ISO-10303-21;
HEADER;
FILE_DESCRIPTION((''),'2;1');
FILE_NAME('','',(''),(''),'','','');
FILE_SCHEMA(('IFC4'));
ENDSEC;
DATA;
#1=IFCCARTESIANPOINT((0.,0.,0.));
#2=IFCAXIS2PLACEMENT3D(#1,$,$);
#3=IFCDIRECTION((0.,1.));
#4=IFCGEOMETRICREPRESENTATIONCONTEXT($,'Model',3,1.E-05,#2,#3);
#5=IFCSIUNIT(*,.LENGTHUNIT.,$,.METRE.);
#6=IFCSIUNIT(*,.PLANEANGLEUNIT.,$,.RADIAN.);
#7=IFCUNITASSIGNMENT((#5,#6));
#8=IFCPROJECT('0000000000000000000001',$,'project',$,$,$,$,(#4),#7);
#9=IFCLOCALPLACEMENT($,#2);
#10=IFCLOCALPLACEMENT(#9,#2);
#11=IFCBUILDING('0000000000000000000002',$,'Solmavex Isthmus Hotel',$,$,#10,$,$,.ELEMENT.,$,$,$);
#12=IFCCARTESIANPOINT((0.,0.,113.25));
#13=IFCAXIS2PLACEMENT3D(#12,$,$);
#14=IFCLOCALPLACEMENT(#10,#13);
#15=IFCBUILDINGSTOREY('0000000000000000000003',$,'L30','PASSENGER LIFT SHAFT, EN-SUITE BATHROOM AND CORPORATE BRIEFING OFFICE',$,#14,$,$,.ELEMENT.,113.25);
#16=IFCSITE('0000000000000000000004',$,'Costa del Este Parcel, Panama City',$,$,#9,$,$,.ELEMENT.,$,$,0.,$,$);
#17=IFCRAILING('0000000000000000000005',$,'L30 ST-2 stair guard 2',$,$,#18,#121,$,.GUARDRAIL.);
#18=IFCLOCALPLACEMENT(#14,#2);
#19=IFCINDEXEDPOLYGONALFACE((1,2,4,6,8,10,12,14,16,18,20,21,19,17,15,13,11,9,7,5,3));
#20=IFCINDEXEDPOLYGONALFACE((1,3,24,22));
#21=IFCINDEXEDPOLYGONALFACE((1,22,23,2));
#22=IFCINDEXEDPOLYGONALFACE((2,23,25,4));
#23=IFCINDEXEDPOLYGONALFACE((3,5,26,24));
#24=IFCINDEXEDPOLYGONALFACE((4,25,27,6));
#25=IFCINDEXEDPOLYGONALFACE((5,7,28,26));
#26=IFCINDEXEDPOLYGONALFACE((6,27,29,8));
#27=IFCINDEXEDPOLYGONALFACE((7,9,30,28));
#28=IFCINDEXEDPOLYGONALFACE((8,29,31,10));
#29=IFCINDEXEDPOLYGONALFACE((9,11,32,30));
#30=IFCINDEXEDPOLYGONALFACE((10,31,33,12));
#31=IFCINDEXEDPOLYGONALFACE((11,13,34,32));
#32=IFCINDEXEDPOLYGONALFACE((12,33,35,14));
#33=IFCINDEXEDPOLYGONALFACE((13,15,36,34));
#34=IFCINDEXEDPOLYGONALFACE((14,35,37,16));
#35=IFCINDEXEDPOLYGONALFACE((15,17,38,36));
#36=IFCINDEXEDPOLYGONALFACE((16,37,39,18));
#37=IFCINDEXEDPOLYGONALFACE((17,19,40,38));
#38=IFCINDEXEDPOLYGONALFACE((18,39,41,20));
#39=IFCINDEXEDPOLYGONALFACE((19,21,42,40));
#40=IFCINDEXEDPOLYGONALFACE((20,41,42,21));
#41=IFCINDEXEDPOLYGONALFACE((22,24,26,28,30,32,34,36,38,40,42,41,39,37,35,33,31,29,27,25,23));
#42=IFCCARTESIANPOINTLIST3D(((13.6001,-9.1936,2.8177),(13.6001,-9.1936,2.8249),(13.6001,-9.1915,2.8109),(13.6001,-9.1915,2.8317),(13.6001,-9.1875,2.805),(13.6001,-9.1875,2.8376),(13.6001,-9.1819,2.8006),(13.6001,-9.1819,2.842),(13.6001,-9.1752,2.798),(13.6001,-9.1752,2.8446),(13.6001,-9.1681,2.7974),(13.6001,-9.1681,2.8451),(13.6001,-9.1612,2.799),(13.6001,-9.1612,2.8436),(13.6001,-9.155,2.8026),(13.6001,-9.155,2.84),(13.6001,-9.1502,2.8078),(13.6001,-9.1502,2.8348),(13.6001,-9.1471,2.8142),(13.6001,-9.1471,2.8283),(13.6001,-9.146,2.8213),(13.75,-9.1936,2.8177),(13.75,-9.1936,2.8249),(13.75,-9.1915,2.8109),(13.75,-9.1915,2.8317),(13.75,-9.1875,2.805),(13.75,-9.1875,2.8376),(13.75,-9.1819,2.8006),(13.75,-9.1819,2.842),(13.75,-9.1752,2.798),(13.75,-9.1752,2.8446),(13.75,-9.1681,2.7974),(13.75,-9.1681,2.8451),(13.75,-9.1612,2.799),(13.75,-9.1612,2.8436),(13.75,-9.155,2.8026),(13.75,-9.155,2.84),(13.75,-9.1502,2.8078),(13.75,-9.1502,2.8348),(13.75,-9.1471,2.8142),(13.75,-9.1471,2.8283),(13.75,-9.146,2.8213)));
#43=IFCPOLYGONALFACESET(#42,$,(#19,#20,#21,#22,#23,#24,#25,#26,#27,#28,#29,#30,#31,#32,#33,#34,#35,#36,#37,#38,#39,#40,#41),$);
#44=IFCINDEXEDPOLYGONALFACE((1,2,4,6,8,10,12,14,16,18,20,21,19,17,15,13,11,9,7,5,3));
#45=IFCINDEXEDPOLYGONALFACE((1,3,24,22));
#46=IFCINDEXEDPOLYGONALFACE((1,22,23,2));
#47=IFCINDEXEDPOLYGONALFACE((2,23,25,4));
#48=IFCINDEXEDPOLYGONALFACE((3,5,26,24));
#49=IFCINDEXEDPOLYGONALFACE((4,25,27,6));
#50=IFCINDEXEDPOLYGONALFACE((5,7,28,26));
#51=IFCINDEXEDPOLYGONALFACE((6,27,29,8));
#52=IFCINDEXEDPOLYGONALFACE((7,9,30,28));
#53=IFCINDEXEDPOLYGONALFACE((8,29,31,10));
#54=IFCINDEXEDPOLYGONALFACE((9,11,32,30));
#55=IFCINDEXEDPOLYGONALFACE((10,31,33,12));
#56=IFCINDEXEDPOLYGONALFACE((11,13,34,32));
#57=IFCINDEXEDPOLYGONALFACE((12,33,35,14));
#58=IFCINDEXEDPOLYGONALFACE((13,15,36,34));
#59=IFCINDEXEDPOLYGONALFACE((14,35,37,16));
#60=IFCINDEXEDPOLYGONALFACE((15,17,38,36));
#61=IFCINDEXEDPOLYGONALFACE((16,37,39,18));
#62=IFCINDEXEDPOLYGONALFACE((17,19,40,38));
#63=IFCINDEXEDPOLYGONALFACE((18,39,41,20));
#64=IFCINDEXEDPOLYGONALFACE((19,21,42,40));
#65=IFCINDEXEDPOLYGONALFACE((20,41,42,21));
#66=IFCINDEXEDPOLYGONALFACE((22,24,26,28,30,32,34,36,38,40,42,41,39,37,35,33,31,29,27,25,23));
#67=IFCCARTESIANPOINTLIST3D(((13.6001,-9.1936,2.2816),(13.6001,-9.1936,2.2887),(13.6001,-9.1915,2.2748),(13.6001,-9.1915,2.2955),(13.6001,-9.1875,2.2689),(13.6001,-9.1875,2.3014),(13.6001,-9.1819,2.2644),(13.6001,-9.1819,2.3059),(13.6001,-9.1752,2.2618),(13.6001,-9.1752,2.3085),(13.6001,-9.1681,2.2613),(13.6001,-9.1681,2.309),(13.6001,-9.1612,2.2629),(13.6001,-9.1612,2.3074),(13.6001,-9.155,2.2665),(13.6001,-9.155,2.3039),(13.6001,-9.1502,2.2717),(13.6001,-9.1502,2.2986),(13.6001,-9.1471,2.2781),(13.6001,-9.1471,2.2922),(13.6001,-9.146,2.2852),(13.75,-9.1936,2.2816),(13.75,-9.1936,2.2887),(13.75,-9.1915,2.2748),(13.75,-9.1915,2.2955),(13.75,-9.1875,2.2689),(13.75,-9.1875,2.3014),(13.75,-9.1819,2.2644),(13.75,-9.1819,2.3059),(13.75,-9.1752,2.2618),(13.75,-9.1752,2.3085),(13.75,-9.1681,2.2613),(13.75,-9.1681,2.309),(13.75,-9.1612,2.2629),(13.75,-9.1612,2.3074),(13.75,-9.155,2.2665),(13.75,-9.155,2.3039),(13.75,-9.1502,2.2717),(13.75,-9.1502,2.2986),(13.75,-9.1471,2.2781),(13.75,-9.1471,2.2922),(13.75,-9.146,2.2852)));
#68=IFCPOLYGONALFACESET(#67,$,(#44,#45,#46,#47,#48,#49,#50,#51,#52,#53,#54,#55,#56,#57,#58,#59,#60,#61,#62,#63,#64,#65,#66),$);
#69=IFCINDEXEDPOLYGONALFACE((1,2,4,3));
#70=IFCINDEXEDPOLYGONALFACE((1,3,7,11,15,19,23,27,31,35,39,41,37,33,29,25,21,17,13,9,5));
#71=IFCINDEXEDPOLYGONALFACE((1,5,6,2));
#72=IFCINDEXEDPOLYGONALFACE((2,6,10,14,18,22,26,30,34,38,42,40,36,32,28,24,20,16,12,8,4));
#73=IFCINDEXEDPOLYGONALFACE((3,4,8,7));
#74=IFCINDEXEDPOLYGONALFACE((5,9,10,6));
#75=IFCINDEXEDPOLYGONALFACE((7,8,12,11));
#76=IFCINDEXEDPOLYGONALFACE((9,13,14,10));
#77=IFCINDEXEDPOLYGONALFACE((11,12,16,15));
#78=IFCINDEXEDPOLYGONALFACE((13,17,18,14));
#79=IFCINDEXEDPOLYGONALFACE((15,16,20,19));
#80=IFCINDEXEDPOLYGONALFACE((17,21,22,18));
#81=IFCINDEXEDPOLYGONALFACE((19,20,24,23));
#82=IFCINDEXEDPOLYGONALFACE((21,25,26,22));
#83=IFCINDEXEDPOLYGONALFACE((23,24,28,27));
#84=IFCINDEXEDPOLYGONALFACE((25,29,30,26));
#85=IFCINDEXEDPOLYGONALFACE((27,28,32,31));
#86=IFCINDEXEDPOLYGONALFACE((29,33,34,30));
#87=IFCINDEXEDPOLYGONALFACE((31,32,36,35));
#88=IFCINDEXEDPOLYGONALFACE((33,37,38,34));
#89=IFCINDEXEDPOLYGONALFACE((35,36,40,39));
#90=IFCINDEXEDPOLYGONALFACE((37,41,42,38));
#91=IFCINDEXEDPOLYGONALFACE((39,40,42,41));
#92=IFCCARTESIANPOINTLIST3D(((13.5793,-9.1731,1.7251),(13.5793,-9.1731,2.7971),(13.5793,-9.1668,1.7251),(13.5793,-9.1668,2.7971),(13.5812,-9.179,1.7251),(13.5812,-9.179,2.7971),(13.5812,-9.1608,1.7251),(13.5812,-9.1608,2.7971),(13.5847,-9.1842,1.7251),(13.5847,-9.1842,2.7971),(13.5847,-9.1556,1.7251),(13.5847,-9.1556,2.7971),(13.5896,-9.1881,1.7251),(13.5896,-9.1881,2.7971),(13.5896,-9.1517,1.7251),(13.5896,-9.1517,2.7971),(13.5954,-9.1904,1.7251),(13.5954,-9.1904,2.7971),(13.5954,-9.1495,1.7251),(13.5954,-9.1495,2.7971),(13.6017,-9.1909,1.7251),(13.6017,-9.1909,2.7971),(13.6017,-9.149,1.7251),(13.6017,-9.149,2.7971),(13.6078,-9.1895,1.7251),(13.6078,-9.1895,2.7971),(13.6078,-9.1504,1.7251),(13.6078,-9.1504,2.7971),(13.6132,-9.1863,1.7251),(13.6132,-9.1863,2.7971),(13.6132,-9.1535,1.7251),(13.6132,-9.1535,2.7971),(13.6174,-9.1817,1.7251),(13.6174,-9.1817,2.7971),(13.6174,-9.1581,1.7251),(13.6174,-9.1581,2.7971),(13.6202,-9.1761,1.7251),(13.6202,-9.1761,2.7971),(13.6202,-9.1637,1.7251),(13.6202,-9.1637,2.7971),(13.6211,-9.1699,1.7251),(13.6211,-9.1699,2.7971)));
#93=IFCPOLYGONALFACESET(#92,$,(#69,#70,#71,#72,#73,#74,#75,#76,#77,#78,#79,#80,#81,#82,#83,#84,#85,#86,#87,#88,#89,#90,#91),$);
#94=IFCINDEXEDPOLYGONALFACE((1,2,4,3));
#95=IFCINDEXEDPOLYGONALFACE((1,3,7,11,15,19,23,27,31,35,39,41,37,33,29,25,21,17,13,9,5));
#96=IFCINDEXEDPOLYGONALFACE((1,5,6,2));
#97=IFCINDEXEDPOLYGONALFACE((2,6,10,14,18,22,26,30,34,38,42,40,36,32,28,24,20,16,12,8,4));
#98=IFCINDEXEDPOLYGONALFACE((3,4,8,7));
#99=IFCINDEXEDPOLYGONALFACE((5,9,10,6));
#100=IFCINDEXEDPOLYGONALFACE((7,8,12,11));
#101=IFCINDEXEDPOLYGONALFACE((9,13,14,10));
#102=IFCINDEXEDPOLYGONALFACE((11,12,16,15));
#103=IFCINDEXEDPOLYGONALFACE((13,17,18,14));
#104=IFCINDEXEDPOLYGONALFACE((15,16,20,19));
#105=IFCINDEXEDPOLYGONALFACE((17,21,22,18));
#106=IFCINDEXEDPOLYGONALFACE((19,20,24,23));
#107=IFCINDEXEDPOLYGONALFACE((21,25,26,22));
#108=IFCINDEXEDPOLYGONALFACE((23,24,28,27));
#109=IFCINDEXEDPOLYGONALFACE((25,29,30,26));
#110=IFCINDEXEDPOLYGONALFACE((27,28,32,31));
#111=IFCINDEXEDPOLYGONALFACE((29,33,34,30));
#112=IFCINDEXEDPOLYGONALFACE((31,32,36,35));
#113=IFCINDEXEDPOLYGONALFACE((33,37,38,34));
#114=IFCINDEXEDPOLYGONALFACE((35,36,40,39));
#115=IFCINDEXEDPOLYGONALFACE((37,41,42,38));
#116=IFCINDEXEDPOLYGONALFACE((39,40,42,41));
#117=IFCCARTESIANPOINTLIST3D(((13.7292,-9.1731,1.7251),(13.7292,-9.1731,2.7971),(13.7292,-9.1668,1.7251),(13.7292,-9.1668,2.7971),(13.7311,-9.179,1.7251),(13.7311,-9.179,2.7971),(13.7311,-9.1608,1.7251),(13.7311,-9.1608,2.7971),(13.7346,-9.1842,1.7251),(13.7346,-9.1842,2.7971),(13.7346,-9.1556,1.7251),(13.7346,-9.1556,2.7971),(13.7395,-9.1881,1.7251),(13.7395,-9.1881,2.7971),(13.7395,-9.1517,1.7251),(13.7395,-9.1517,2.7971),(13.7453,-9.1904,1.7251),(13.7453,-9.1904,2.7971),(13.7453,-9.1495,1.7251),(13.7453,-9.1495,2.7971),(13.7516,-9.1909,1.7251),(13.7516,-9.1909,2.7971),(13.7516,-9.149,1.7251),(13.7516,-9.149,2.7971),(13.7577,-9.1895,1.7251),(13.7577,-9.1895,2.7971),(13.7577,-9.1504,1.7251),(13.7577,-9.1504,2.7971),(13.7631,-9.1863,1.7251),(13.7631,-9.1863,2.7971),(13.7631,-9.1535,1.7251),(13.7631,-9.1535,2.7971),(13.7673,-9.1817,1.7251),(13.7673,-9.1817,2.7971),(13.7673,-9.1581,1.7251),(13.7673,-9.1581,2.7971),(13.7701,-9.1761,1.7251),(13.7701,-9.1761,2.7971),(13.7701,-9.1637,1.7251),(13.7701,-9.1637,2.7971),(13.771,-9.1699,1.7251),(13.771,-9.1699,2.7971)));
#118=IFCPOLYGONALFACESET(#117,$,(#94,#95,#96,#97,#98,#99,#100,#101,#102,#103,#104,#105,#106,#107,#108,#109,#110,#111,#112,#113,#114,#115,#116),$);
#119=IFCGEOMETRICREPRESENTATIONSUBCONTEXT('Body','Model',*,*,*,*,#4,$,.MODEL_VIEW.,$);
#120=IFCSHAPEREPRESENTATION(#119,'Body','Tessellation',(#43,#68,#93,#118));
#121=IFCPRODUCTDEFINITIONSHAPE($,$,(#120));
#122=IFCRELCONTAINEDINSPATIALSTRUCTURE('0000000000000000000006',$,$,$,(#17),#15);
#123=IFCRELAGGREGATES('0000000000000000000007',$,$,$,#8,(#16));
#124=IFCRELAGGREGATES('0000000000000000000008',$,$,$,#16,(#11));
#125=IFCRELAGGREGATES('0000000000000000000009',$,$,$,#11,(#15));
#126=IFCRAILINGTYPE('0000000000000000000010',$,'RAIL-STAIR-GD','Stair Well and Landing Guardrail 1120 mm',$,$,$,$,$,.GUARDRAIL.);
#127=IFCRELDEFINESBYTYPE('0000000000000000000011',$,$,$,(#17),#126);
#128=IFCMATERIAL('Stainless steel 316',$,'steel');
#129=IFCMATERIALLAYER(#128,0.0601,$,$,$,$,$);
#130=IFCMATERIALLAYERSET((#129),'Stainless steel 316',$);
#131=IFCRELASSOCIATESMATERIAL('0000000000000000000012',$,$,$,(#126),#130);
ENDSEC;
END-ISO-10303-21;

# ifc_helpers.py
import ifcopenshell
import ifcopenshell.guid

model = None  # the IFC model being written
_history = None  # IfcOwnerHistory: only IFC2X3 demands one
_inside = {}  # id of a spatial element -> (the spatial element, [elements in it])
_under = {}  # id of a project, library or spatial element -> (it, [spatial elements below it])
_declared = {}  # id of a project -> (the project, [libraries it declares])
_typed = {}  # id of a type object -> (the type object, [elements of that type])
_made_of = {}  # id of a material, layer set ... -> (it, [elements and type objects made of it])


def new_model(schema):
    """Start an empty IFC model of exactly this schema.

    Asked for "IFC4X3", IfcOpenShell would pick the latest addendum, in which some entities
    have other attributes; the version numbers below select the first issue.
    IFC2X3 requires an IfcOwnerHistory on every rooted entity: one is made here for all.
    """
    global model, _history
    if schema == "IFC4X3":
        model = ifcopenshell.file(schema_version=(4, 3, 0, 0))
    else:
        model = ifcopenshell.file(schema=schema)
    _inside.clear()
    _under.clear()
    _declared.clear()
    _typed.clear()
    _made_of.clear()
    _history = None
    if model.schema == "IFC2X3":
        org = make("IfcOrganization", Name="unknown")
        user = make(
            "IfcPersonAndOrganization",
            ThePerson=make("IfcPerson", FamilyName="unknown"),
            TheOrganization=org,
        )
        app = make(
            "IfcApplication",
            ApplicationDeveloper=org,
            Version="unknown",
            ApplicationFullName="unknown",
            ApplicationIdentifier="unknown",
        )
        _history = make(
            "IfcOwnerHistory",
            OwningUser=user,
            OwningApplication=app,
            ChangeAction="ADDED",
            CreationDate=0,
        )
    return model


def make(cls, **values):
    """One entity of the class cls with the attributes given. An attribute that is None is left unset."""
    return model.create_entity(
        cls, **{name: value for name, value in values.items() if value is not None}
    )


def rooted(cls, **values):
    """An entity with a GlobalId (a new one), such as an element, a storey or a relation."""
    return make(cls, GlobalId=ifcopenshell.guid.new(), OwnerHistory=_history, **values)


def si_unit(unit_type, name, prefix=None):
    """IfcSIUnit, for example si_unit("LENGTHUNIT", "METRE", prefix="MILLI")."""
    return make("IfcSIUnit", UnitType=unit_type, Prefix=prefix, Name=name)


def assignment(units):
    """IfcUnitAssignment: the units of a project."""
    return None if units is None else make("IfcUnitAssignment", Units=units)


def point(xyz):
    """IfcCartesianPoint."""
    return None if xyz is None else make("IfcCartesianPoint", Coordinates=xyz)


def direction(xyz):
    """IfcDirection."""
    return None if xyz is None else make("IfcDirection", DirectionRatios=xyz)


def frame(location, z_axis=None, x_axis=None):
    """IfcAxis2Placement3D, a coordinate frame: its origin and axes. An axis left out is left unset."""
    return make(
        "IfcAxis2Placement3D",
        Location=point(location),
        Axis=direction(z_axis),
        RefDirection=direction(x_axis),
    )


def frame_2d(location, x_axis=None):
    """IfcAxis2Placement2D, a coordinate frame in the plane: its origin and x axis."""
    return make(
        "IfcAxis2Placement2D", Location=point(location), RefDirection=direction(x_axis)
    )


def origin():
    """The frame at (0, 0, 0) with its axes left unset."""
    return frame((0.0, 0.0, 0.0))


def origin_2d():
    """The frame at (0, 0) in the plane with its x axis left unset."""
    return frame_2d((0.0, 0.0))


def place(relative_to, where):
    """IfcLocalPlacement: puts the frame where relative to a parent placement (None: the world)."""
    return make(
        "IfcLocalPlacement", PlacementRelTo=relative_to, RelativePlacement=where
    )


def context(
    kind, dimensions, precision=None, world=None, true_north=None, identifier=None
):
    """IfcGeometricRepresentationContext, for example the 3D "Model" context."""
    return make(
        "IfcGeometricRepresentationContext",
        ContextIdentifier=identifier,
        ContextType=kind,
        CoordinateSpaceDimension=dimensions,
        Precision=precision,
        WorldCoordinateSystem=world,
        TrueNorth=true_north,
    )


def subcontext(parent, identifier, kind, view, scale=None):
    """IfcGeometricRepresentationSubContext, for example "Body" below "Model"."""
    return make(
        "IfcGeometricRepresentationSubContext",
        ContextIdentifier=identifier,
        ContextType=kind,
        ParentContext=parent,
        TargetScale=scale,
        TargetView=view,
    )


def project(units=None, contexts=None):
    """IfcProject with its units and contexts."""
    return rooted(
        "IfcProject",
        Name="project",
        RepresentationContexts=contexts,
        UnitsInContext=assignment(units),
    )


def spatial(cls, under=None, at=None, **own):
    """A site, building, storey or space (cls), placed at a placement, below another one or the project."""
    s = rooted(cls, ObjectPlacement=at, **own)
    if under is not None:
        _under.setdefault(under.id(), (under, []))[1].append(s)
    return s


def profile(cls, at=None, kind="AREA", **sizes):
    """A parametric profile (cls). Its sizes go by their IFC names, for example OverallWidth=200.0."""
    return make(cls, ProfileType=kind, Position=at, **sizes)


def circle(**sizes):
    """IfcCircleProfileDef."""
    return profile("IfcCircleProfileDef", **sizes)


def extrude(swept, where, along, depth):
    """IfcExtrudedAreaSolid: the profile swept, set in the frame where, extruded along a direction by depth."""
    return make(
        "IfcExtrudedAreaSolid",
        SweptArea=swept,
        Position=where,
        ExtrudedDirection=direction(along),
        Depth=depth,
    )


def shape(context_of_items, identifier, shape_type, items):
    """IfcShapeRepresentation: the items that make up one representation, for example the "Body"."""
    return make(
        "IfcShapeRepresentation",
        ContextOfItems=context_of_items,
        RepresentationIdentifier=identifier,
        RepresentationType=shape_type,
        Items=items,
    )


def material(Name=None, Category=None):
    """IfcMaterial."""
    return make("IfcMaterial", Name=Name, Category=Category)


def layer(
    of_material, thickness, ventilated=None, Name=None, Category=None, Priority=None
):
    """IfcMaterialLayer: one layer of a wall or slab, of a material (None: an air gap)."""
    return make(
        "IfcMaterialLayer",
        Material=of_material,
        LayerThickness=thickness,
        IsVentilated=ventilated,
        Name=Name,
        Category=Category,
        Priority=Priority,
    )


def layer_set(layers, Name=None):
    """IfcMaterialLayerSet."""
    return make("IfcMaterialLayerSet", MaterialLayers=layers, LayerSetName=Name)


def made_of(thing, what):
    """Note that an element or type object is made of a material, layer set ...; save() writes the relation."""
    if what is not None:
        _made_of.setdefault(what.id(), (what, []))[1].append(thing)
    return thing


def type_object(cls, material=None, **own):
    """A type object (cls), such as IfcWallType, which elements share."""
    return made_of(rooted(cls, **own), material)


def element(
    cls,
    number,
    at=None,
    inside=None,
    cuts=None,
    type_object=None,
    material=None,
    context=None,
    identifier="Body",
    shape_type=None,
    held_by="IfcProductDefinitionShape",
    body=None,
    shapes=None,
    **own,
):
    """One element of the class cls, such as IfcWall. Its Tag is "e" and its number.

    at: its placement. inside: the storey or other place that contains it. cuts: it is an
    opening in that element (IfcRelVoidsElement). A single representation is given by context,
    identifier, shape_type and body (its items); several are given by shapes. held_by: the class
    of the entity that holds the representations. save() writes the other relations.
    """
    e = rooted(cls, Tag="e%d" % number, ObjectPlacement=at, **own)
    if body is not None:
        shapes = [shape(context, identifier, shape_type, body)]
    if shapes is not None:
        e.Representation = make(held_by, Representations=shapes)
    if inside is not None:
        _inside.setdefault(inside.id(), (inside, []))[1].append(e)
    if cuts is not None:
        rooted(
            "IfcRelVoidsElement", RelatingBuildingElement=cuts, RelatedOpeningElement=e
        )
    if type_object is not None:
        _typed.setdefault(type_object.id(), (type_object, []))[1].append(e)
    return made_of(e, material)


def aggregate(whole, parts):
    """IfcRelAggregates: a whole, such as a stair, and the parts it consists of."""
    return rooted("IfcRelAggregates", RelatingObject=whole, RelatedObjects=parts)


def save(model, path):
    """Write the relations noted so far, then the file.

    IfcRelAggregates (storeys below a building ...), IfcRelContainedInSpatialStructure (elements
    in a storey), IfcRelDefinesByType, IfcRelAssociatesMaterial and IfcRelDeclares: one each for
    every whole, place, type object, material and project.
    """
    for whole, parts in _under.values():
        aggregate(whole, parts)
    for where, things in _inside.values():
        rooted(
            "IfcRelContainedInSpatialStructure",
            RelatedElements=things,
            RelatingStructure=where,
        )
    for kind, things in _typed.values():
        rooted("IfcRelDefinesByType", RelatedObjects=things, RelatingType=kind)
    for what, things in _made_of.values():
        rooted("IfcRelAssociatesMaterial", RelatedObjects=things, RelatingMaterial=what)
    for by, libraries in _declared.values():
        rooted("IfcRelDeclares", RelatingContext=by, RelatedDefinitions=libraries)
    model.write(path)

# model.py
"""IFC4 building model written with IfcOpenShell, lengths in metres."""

from ifc_helpers import new_model, si_unit, direction, frame, origin, origin_2d, place, context, subcontext, project, spatial, circle, extrude, material, layer, layer_set, type_object, element, save


model = new_model("IFC4")

# Units and contexts
model_context = context("Model", 3, precision=1e-05, world=origin(), true_north=direction((0.0, 1.0)))
body_context = subcontext(model_context, "Body", "Model", "MODEL_VIEW")
ifc_project = project(units=[si_unit("LENGTHUNIT", "METRE"), si_unit("PLANEANGLEUNIT", "RADIAN")], contexts=[model_context])

# Site, building, storey
site_placement = place(None, origin())
site = spatial("IfcSite", under=ifc_project, at=site_placement, Name="Costa del Este Parcel, Panama City", CompositionType="ELEMENT", RefElevation=0.0)
building_placement = place(site_placement, origin())
building = spatial("IfcBuilding", under=site, at=building_placement, Name="Solmavex Isthmus Hotel", CompositionType="ELEMENT")
storey_placement = place(building_placement, frame((0.0, 0.0, 113.25)))
storey = spatial("IfcBuildingStorey", under=building, at=storey_placement, Name="L30", Description="PASSENGER LIFT SHAFT, EN-SUITE BATHROOM AND CORPORATE BRIEFING OFFICE", CompositionType="ELEMENT", Elevation=113.25)

# Shared definitions
ifc_material_1 = material(Name="Stainless steel 316", Category="steel")

# Railing
ifc_layer_1 = layer(ifc_material_1, 0.0601)
ifc_layer_set_1 = layer_set([ifc_layer_1], Name="Stainless steel 316")
railing_type_1 = type_object("IfcRailingType", Name="RAIL-STAIR-GD", Description="Stair Well and Landing Guardrail 1120 mm", PredefinedType="GUARDRAIL", material=ifc_layer_set_1)
railing_1_placement = place(storey_placement, frame((13.6001, -9.1699, 1.7251)))
element("IfcRailing", 1, at=railing_1_placement, inside=storey, type_object=railing_type_1, Name="L30 ST-2 stair guard 2", PredefinedType="GUARDRAIL", context=body_context, shape_type="SweptSolid", body=[
    extrude(circle(Radius=0.0239, at=origin_2d()), frame((0.0, 0.0, 1.0962), z_axis=(1.0, 0.0, 0.0), x_axis=(0.0, 1.0, 0.0)), (0.0, 0.0, 1.0), 0.1499),
    extrude(circle(Radius=0.0239, at=origin_2d()), frame((0.0, 0.0, 0.5601), z_axis=(1.0, 0.0, 0.0), x_axis=(0.0, 1.0, 0.0)), (0.0, 0.0, 1.0), 0.1499),
    extrude(circle(Radius=0.021, at=origin_2d()), origin(), (0.0, 0.0, 1.0), 1.072),
    extrude(circle(Radius=0.021, at=origin_2d()), frame((0.1499, 0.0, 0.0)), (0.0, 0.0, 1.0), 1.072),
])

save(model, "model.ifc")
